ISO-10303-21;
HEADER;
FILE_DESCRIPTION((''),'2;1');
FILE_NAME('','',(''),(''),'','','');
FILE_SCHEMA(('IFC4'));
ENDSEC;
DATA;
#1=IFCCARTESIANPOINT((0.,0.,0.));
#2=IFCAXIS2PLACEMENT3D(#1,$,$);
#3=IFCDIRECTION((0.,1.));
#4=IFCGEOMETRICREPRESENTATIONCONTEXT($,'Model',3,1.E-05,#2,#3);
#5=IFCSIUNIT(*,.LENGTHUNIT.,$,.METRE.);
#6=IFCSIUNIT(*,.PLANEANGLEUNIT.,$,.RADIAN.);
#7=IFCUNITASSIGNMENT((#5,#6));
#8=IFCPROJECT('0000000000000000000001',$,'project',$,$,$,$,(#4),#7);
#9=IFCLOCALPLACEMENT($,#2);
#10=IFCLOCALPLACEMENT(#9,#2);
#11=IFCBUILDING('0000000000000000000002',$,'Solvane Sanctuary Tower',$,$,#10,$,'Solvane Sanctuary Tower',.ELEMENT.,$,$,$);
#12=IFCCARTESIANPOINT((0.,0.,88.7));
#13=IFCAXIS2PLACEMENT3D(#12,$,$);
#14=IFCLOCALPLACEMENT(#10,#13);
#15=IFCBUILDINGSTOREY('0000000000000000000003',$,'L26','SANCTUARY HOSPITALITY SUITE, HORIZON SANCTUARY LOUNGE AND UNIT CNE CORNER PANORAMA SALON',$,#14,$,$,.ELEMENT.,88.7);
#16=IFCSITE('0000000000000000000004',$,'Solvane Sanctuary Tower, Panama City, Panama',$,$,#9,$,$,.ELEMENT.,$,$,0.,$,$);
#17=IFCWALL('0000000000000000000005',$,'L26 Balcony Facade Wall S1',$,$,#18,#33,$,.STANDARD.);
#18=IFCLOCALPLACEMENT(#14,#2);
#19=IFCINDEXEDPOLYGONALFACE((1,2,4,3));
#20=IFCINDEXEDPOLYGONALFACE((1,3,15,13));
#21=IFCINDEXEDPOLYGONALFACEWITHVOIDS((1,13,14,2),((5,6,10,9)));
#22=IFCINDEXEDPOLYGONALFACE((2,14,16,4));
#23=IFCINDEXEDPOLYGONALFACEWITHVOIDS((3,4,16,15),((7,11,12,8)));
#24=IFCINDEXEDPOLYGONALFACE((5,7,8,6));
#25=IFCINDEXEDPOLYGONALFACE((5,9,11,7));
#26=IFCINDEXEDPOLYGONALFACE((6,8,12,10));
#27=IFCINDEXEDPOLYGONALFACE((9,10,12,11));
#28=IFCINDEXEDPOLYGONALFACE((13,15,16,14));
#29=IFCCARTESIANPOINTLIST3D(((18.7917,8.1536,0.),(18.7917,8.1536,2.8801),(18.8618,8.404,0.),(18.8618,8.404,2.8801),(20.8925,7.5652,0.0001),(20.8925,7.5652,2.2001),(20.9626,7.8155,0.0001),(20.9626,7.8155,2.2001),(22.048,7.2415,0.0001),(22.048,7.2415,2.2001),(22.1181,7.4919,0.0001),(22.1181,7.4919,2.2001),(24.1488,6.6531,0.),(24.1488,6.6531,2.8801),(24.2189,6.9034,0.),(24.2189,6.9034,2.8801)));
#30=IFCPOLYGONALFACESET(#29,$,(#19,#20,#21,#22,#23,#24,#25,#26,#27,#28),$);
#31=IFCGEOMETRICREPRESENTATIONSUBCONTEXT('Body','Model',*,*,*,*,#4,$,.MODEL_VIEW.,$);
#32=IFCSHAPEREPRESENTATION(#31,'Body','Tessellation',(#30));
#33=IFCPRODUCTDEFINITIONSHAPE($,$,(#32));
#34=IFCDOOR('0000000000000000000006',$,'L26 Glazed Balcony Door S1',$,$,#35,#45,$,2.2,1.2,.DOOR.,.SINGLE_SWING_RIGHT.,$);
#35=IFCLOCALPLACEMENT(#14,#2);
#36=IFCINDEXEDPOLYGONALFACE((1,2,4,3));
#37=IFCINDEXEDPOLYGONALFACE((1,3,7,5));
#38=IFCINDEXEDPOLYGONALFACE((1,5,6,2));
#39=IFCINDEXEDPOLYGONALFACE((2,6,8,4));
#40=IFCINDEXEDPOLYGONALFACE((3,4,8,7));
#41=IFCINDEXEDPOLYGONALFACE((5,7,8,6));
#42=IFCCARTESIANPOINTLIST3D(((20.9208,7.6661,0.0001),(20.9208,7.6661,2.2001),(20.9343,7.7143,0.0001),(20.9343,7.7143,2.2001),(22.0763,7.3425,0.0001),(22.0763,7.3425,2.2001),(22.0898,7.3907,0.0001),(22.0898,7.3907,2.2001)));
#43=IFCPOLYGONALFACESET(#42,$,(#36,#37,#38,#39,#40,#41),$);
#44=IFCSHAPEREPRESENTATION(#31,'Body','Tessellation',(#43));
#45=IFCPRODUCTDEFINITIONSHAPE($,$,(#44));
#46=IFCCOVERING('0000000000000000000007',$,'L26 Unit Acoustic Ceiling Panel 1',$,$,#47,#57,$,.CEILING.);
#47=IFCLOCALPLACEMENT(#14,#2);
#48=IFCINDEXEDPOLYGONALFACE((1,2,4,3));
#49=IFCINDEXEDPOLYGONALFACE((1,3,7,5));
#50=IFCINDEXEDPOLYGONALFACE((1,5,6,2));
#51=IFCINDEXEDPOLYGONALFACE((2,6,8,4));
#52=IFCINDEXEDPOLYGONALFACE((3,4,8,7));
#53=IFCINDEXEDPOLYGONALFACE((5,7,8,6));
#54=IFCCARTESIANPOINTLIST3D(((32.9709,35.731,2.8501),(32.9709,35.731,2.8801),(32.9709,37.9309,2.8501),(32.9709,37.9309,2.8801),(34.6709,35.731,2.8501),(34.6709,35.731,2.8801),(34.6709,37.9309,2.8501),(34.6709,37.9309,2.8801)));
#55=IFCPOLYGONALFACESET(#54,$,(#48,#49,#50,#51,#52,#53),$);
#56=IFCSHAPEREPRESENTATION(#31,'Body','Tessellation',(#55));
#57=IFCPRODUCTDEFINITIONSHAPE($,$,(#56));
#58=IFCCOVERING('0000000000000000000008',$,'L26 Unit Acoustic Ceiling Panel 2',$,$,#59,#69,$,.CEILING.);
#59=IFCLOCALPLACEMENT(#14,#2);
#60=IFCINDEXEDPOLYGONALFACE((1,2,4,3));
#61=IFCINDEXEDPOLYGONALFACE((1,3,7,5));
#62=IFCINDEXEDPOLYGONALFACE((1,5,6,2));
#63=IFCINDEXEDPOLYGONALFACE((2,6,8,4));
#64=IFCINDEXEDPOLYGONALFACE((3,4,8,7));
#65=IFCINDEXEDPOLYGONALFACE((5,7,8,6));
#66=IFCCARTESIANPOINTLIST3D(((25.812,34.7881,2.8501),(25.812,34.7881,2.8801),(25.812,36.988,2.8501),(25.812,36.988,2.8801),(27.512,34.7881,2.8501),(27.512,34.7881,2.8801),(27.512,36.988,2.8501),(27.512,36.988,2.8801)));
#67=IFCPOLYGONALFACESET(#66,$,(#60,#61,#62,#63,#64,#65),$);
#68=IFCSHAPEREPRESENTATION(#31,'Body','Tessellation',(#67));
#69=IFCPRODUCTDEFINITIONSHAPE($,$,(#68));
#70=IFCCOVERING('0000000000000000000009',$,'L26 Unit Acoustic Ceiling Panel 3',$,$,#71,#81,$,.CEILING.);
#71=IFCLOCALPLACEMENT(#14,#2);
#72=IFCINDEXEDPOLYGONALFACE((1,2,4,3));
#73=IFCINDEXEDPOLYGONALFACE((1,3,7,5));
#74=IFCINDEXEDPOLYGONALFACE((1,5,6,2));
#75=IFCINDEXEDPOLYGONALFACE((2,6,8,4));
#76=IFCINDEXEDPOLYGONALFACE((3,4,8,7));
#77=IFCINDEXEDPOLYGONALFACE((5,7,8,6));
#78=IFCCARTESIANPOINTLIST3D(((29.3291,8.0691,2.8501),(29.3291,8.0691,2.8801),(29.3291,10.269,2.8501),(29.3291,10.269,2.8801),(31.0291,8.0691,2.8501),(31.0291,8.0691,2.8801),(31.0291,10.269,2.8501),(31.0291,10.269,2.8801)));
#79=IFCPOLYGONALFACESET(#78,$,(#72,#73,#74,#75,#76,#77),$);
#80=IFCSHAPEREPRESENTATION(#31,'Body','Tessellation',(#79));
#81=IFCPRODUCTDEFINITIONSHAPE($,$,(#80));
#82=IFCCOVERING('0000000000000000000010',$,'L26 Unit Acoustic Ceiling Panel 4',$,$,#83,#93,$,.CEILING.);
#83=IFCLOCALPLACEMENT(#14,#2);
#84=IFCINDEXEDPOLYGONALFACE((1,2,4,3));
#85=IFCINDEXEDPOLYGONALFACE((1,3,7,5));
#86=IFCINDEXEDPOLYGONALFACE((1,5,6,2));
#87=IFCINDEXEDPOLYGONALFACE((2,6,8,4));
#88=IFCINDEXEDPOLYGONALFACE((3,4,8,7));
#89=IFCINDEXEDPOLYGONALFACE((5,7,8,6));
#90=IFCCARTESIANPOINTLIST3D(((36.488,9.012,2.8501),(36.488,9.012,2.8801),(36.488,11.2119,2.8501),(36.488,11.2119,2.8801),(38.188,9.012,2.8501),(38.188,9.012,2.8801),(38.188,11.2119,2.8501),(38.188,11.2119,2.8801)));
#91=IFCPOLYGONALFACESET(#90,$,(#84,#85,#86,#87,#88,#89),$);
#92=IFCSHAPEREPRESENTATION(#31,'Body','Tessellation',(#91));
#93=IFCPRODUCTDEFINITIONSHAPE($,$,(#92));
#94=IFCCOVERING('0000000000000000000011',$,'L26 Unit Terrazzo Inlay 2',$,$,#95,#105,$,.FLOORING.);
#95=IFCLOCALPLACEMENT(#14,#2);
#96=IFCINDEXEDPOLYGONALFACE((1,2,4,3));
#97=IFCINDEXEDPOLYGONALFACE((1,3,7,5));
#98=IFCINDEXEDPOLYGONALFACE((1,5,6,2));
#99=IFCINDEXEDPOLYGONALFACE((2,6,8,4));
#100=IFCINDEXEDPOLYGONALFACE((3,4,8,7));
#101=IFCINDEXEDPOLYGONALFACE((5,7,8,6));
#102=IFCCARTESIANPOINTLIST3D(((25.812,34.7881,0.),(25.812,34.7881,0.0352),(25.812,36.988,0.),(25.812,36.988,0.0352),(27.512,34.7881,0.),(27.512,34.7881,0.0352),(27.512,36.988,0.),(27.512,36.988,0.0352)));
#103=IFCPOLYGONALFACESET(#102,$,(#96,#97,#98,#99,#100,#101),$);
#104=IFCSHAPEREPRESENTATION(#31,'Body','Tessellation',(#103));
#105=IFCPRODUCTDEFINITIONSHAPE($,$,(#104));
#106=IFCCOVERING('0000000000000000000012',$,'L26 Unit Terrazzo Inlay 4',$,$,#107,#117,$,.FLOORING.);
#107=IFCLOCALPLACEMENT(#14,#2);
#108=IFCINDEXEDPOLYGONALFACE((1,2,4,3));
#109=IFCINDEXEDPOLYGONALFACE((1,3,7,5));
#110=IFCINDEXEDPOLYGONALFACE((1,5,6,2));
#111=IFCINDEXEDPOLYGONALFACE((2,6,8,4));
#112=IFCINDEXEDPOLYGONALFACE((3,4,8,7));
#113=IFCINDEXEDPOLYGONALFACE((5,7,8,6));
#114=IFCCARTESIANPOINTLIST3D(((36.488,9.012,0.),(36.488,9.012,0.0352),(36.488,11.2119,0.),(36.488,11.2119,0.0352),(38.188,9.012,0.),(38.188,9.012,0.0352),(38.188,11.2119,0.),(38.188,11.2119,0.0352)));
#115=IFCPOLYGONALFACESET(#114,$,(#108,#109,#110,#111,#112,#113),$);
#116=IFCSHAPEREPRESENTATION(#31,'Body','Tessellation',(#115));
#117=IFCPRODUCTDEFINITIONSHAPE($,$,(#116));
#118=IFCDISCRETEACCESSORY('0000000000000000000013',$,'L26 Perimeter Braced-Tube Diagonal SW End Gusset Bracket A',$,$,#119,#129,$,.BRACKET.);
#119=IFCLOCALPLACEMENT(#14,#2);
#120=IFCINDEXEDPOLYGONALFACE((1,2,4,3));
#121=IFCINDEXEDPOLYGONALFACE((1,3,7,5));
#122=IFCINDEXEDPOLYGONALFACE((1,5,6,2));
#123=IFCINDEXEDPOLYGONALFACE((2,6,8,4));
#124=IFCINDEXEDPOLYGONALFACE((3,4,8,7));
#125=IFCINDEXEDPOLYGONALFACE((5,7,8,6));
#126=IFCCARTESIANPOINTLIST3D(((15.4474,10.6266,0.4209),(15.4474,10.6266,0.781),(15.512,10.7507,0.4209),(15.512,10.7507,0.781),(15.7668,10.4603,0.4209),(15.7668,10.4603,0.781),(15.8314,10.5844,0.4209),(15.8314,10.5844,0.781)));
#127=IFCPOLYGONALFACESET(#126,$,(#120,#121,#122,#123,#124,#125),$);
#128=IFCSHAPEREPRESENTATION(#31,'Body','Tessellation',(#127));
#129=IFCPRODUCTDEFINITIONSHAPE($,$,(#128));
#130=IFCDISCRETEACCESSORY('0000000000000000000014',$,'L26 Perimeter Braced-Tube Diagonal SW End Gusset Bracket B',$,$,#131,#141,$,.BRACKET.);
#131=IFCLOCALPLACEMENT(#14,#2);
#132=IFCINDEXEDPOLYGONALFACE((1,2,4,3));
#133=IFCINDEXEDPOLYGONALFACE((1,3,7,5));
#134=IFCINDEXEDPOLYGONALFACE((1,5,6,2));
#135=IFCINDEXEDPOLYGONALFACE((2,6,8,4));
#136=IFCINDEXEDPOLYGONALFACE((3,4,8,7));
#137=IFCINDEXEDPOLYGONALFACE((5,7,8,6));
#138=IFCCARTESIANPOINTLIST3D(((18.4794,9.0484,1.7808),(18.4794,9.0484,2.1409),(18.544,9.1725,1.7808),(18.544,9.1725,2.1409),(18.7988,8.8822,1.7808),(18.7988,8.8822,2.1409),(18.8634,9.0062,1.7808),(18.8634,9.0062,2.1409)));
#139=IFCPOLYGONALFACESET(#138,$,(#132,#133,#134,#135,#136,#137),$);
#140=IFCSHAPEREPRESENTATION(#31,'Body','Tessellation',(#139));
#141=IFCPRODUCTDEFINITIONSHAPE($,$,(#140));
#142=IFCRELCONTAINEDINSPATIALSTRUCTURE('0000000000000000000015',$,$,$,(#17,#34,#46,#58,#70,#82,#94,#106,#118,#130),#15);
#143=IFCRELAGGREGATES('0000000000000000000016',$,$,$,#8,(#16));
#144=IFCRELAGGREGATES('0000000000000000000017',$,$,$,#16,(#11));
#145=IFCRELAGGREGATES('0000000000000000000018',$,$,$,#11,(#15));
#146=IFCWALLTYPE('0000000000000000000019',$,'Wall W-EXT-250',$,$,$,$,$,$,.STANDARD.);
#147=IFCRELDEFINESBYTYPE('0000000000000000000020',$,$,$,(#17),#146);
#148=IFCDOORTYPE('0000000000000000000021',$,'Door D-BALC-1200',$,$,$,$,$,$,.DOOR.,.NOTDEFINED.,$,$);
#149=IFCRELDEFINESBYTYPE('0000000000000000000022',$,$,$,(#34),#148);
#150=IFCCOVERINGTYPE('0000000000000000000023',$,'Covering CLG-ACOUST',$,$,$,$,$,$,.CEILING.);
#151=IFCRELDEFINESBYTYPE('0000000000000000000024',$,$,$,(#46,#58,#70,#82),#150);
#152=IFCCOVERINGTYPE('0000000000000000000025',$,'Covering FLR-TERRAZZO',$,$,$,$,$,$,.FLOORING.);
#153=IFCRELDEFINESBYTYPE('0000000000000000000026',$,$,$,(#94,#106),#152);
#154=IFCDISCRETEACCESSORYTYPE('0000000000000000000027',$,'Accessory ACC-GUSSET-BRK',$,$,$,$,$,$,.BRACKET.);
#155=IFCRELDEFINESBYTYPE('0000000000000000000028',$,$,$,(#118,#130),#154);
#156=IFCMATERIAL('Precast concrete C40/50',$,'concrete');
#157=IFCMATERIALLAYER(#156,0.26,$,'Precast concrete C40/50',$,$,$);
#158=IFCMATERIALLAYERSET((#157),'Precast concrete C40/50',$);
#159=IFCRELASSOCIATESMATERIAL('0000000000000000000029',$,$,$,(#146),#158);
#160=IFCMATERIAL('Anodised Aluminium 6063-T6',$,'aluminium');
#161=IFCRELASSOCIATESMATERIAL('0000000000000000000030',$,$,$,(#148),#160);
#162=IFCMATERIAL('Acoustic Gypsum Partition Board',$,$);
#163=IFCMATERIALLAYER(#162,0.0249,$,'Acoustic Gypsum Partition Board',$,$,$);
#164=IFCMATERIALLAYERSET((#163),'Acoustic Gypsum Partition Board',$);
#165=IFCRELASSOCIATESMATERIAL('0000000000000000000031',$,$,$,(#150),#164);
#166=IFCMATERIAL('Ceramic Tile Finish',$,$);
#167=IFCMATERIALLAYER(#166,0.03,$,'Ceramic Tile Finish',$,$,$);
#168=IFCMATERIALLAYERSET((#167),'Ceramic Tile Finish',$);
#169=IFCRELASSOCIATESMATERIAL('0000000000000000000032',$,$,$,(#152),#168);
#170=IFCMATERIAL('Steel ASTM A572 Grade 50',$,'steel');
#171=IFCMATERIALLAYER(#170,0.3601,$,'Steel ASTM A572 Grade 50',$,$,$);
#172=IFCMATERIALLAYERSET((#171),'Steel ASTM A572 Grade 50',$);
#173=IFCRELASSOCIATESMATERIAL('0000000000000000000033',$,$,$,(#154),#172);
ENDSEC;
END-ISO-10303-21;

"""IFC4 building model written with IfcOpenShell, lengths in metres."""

from ifc_helpers import new_model, si_unit, direction, frame, frame_2d, origin, origin_2d, place, context, subcontext, project, spatial, polyline, rectangle, outline, extrude, material, layer, layer_set, type_object, element, fill, save


model = new_model("IFC4")

# Units and contexts
model_context = context("Model", 3, precision=1e-05, world=origin(), true_north=direction((0.0, 1.0)))
body_context = subcontext(model_context, "Body", "Model", "MODEL_VIEW")
ifc_project = project(units=[si_unit("LENGTHUNIT", "METRE"), si_unit("PLANEANGLEUNIT", "RADIAN")], contexts=[model_context])

# Site, building, storey
site_placement = place(None, origin())
site = spatial("IfcSite", under=ifc_project, at=site_placement, Name="Solvane Sanctuary Tower, Panama City, Panama", CompositionType="ELEMENT", RefElevation=0.0)
building_placement = place(site_placement, origin())
building = spatial("IfcBuilding", under=site, at=building_placement, Name="Solvane Sanctuary Tower", LongName="Solvane Sanctuary Tower", CompositionType="ELEMENT")
storey_placement = place(building_placement, frame((0.0, 0.0, 88.7)))
storey = spatial("IfcBuildingStorey", under=building, at=storey_placement, Name="L26", Description="SANCTUARY HOSPITALITY SUITE, HORIZON SANCTUARY LOUNGE AND UNIT CNE CORNER PANORAMA SALON", CompositionType="ELEMENT", Elevation=88.7)

# Shared definitions
ifc_material_1 = material(Name="Precast concrete C40/50", Category="concrete")

# Shared definitions
ifc_layer_1 = layer(ifc_material_1, 0.26, Name="Precast concrete C40/50")
ifc_layer_set_1 = layer_set([ifc_layer_1], Name="Precast concrete C40/50")
wall_type = type_object("IfcWallType", Name="Wall W-EXT-250", PredefinedType="STANDARD", material=ifc_layer_set_1)

# Wall, opening, door
wall_1_placement = place(storey_placement, frame((18.8267, 8.2788, 0.0), z_axis=(0.0, 0.0, 1.0), x_axis=(0.962938, -0.269721, 0.0)))
wall_1 = element("IfcWall", 1, at=wall_1_placement, inside=storey, type_object=wall_type, Name="L26 Balcony Facade Wall S1", PredefinedType="STANDARD", context=body_context, shape_type="SweptSolid", body=[
    extrude(rectangle(XDim=5.5632, YDim=0.26, at=frame_2d((2.7817, 0.0))), origin(), (0.0, 0.0, 1.0), 2.8801),
])
opening_placement = place(wall_1_placement, frame((2.1816, 0.0, 0.0)))
opening = element("IfcOpeningElement", 2, at=opening_placement, cuts=wall_1, PredefinedType="OPENING", context=body_context, shape_type="SweptSolid", body=[
    extrude(rectangle(XDim=1.2, YDim=2.2, at=frame_2d((0.6001, 1.1001))), frame((0.0, 0.1399, 0.0), z_axis=(0.0, -1.0, 0.0), x_axis=(1.0, 0.0, 0.0)), (0.0, 0.0, 1.0), 0.28),
])
ifc_material_2 = material(Name="Anodised Aluminium 6063-T6", Category="aluminium")
door_type = type_object("IfcDoorType", Name="Door D-BALC-1200", OperationType="NOTDEFINED", PredefinedType="DOOR", material=ifc_material_2)
door_placement = place(opening_placement, origin())
door = element("IfcDoor", 3, at=door_placement, inside=storey, type_object=door_type, Name="L26 Glazed Balcony Door S1", OperationType="SINGLE_SWING_RIGHT", OverallHeight=2.2, OverallWidth=1.2, PredefinedType="DOOR", context=body_context, shape_type="SweptSolid", body=[
    extrude(rectangle(XDim=1.2, YDim=2.2, at=frame_2d((0.6001, 1.1001))), frame((0.0, 0.0249, 0.0), z_axis=(0.0, -1.0, 0.0), x_axis=(1.0, 0.0, 0.0)), (0.0, 0.0, 1.0), 0.05),
])
fill(opening, door)

# Coverings
ifc_material_3 = material(Name="Acoustic Gypsum Partition Board")
ifc_layer_2 = layer(ifc_material_3, 0.0249, Name="Acoustic Gypsum Partition Board")
ifc_layer_set_2 = layer_set([ifc_layer_2], Name="Acoustic Gypsum Partition Board")
covering_type_1 = type_object("IfcCoveringType", Name="Covering CLG-ACOUST", PredefinedType="CEILING", material=ifc_layer_set_2)
covering_1_placement = place(storey_placement, frame((0.0, 0.0, 2.8501)))
element("IfcCovering", 4, at=covering_1_placement, inside=storey, type_object=covering_type_1, Name="L26 Unit Acoustic Ceiling Panel 1", PredefinedType="CEILING", context=body_context, shape_type="SweptSolid", body=[
    extrude(outline(polyline([(32.9709, 35.731), (34.6709, 35.731), (34.6709, 37.9309), (32.9709, 37.9309), (32.9709, 35.731)])), origin(), (0.0, 0.0, 1.0), 0.03),
])
covering_2_placement = place(storey_placement, frame((0.0, 0.0, 2.8501)))
element("IfcCovering", 5, at=covering_2_placement, inside=storey, type_object=covering_type_1, Name="L26 Unit Acoustic Ceiling Panel 2", PredefinedType="CEILING", context=body_context, shape_type="SweptSolid", body=[
    extrude(outline(polyline([(25.812, 34.7881), (27.512, 34.7881), (27.512, 36.988), (25.812, 36.988), (25.812, 34.7881)])), origin(), (0.0, 0.0, 1.0), 0.03),
])
covering_3_placement = place(storey_placement, frame((0.0, 0.0, 2.8501)))
element("IfcCovering", 6, at=covering_3_placement, inside=storey, type_object=covering_type_1, Name="L26 Unit Acoustic Ceiling Panel 3", PredefinedType="CEILING", context=body_context, shape_type="SweptSolid", body=[
    extrude(outline(polyline([(29.3291, 8.0691), (31.0291, 8.0691), (31.0291, 10.269), (29.3291, 10.269), (29.3291, 8.0691)])), origin(), (0.0, 0.0, 1.0), 0.03),
])
covering_4_placement = place(storey_placement, frame((0.0, 0.0, 2.8501)))
element("IfcCovering", 7, at=covering_4_placement, inside=storey, type_object=covering_type_1, Name="L26 Unit Acoustic Ceiling Panel 4", PredefinedType="CEILING", context=body_context, shape_type="SweptSolid", body=[
    extrude(outline(polyline([(36.488, 9.012), (38.188, 9.012), (38.188, 11.2119), (36.488, 11.2119), (36.488, 9.012)])), origin(), (0.0, 0.0, 1.0), 0.03),
])
ifc_material_4 = material(Name="Ceramic Tile Finish")
ifc_layer_3 = layer(ifc_material_4, 0.03, Name="Ceramic Tile Finish")
ifc_layer_set_3 = layer_set([ifc_layer_3], Name="Ceramic Tile Finish")
covering_type_2 = type_object("IfcCoveringType", Name="Covering FLR-TERRAZZO", PredefinedType="FLOORING", material=ifc_layer_set_3)
covering_5_placement = place(storey_placement, origin())
element("IfcCovering", 8, at=covering_5_placement, inside=storey, type_object=covering_type_2, Name="L26 Unit Terrazzo Inlay 2", PredefinedType="FLOORING", context=body_context, shape_type="SweptSolid", body=[
    extrude(outline(polyline([(25.812, 34.7881), (27.512, 34.7881), (27.512, 36.988), (25.812, 36.988), (25.812, 34.7881)])), origin(), (0.0, 0.0, 1.0), 0.0352),
])
covering_6_placement = place(storey_placement, origin())
element("IfcCovering", 9, at=covering_6_placement, inside=storey, type_object=covering_type_2, Name="L26 Unit Terrazzo Inlay 4", PredefinedType="FLOORING", context=body_context, shape_type="SweptSolid", body=[
    extrude(outline(polyline([(36.488, 9.012), (38.188, 9.012), (38.188, 11.2119), (36.488, 11.2119), (36.488, 9.012)])), origin(), (0.0, 0.0, 1.0), 0.0352),
])

# Discrete accessories
ifc_material_5 = material(Name="Steel ASTM A572 Grade 50", Category="steel")
ifc_layer_4 = layer(ifc_material_5, 0.3601, Name="Steel ASTM A572 Grade 50")
ifc_layer_set_4 = layer_set([ifc_layer_4], Name="Steel ASTM A572 Grade 50")
discrete_accessory_type = type_object("IfcDiscreteAccessoryType", Name="Accessory ACC-GUSSET-BRK", PredefinedType="BRACKET", material=ifc_layer_set_4)
for number, where, z_axis, x_axis, name in (
    (10, (15.6394, 10.6055, 0.4209), (0.0, 0.0, 1.0), (0.887011, -0.461749, 0.0), "L26 Perimeter Braced-Tube Diagonal SW End Gusset Bracket A"),
    (11, (18.6714, 9.0273, 1.7808), (0.0, 0.0, 1.0), (0.887011, -0.461749, 0.0), "L26 Perimeter Braced-Tube Diagonal SW End Gusset Bracket B"),
):
    element("IfcDiscreteAccessory", number, at=place(storey_placement, frame(where, z_axis=z_axis, x_axis=x_axis)), inside=storey, type_object=discrete_accessory_type, Name=name, PredefinedType="BRACKET", context=body_context, shape_type="SweptSolid", body=[
        extrude(rectangle(XDim=0.3601, YDim=0.1399, at=origin_2d()), origin(), (0.0, 0.0, 1.0), 0.3601),
    ])

save(model, "model.ifc")
